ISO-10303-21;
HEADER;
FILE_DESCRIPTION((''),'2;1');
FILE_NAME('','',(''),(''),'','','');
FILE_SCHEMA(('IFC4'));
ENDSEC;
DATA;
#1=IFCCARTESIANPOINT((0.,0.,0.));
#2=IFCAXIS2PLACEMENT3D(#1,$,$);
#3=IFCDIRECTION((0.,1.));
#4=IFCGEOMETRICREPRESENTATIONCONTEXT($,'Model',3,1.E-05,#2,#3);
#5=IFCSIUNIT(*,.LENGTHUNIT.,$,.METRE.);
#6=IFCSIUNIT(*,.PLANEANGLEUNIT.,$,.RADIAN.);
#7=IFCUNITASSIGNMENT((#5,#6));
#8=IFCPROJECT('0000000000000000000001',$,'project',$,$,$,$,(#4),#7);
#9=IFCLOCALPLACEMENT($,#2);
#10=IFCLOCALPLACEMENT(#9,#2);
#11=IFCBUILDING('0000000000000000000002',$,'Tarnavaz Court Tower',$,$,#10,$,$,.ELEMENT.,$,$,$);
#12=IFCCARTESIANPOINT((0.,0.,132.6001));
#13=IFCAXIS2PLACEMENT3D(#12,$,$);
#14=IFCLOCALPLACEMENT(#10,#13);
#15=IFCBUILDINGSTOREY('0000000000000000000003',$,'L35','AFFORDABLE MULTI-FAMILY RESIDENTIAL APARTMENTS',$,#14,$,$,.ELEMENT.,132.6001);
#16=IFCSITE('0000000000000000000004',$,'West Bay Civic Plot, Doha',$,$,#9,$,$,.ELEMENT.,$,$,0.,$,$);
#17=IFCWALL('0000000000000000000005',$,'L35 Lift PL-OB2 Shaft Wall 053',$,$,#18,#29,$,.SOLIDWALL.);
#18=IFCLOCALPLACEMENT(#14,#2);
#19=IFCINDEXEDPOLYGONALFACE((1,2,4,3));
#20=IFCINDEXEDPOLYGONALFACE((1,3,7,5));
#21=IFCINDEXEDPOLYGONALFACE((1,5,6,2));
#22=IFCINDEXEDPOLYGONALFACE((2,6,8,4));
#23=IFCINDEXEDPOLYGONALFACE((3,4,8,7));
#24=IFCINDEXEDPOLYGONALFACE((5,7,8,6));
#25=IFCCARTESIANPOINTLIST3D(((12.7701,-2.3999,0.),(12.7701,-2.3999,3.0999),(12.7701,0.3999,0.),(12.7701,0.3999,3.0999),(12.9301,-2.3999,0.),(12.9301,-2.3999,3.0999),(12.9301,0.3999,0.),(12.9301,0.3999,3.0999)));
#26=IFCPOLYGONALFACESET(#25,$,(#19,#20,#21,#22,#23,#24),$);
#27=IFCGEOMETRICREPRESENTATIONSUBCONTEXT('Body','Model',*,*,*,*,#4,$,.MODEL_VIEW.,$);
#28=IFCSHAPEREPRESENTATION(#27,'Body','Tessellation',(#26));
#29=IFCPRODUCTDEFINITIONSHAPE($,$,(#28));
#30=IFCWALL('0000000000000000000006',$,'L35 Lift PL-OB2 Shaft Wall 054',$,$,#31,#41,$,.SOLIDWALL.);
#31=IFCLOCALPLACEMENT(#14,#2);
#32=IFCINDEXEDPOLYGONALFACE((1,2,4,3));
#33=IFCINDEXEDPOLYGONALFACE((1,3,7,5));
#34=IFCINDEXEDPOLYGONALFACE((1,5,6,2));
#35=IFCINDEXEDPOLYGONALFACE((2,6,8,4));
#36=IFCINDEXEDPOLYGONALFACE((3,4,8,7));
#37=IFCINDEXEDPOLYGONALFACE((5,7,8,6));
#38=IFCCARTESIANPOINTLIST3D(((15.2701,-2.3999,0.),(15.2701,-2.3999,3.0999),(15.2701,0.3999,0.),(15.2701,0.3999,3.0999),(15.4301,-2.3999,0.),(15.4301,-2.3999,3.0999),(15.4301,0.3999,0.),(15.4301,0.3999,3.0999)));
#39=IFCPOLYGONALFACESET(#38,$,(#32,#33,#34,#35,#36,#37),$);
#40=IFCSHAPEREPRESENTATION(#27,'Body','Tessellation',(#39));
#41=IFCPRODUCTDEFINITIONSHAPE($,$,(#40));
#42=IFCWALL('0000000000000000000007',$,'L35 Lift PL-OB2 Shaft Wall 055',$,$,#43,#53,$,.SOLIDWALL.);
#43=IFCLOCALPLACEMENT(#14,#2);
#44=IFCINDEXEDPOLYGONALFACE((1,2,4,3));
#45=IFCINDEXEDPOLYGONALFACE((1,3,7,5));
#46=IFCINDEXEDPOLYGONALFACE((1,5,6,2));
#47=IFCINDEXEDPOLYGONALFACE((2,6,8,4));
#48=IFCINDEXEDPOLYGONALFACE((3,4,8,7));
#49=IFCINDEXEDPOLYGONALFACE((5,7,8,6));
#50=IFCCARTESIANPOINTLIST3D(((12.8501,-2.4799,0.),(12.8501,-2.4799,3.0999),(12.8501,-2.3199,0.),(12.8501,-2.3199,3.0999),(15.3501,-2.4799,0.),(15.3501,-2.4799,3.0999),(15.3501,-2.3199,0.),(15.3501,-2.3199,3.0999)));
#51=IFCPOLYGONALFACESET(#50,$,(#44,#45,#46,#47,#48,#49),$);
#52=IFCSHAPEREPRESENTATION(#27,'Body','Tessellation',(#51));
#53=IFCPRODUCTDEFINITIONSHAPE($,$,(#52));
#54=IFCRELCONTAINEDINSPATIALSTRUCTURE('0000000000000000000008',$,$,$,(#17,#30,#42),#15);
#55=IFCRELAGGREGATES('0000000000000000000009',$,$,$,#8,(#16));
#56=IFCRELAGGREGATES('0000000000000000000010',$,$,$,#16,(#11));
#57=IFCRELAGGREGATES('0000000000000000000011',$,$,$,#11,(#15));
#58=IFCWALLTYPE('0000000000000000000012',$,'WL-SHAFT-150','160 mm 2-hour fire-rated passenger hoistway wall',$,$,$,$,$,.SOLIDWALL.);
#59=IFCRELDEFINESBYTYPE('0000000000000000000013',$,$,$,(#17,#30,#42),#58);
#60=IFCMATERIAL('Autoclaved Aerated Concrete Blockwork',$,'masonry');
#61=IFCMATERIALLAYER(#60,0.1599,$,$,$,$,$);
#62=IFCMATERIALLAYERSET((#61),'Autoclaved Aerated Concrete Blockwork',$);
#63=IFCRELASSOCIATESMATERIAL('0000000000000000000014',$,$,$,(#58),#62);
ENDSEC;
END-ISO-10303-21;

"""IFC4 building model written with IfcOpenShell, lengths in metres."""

from ifc_helpers import new_model, si_unit, direction, frame, frame_2d, origin, place, context, subcontext, project, spatial, rectangle, extrude, material, layer, layer_set, type_object, element, save


model = new_model("IFC4")

# Units and contexts
model_context = context("Model", 3, precision=1e-05, world=origin(), true_north=direction((0.0, 1.0)))
body_context = subcontext(model_context, "Body", "Model", "MODEL_VIEW")
ifc_project = project(units=[si_unit("LENGTHUNIT", "METRE"), si_unit("PLANEANGLEUNIT", "RADIAN")], contexts=[model_context])

# Site, building, storey
site_placement = place(None, origin())
site = spatial("IfcSite", under=ifc_project, at=site_placement, Name="West Bay Civic Plot, Doha", CompositionType="ELEMENT", RefElevation=0.0)
building_placement = place(site_placement, origin())
building = spatial("IfcBuilding", under=site, at=building_placement, Name="Tarnavaz Court Tower", CompositionType="ELEMENT")
storey_placement = place(building_placement, frame((0.0, 0.0, 132.6001)))
storey = spatial("IfcBuildingStorey", under=building, at=storey_placement, Name="L35", Description="AFFORDABLE MULTI-FAMILY RESIDENTIAL APARTMENTS", CompositionType="ELEMENT", Elevation=132.6001)

# Walls
ifc_material_1 = material(Name="Autoclaved Aerated Concrete Blockwork", Category="masonry")
ifc_layer_1 = layer(ifc_material_1, 0.1599)
ifc_layer_set_1 = layer_set([ifc_layer_1], Name="Autoclaved Aerated Concrete Blockwork")
wall_type_1 = type_object("IfcWallType", Name="WL-SHAFT-150", Description="160 mm 2-hour fire-rated passenger hoistway wall", PredefinedType="SOLIDWALL", material=ifc_layer_set_1)
for number, where, z_axis, x_axis, name in (
    (1, (12.8501, -2.3999, 0.0), (0.0, 0.0, 1.0), (0.0, 1.0, 0.0), "L35 Lift PL-OB2 Shaft Wall 053"),
    (2, (15.3501, -2.3999, 0.0), (0.0, 0.0, 1.0), (0.0, 1.0, 0.0), "L35 Lift PL-OB2 Shaft Wall 054"),
):
    element("IfcWall", number, at=place(storey_placement, frame(where, z_axis=z_axis, x_axis=x_axis)), inside=storey, type_object=wall_type_1, Name=name, PredefinedType="SOLIDWALL", context=body_context, shape_type="SweptSolid", body=[
        extrude(rectangle(XDim=2.7998, YDim=0.1599, at=frame_2d((1.3999, 0.0))), origin(), (0.0, 0.0, 1.0), 3.0999),
    ])
wall_1_placement = place(storey_placement, frame((12.8501, -2.3999, 0.0), z_axis=(0.0, 0.0, 1.0), x_axis=(1.0, 0.0, 0.0)))
element("IfcWall", 3, at=wall_1_placement, inside=storey, type_object=wall_type_1, Name="L35 Lift PL-OB2 Shaft Wall 055", PredefinedType="SOLIDWALL", context=body_context, shape_type="SweptSolid", body=[
    extrude(rectangle(XDim=2.5, YDim=0.1599, at=frame_2d((1.25, 0.0))), origin(), (0.0, 0.0, 1.0), 3.0999),
])

save(model, "model.ifc")
